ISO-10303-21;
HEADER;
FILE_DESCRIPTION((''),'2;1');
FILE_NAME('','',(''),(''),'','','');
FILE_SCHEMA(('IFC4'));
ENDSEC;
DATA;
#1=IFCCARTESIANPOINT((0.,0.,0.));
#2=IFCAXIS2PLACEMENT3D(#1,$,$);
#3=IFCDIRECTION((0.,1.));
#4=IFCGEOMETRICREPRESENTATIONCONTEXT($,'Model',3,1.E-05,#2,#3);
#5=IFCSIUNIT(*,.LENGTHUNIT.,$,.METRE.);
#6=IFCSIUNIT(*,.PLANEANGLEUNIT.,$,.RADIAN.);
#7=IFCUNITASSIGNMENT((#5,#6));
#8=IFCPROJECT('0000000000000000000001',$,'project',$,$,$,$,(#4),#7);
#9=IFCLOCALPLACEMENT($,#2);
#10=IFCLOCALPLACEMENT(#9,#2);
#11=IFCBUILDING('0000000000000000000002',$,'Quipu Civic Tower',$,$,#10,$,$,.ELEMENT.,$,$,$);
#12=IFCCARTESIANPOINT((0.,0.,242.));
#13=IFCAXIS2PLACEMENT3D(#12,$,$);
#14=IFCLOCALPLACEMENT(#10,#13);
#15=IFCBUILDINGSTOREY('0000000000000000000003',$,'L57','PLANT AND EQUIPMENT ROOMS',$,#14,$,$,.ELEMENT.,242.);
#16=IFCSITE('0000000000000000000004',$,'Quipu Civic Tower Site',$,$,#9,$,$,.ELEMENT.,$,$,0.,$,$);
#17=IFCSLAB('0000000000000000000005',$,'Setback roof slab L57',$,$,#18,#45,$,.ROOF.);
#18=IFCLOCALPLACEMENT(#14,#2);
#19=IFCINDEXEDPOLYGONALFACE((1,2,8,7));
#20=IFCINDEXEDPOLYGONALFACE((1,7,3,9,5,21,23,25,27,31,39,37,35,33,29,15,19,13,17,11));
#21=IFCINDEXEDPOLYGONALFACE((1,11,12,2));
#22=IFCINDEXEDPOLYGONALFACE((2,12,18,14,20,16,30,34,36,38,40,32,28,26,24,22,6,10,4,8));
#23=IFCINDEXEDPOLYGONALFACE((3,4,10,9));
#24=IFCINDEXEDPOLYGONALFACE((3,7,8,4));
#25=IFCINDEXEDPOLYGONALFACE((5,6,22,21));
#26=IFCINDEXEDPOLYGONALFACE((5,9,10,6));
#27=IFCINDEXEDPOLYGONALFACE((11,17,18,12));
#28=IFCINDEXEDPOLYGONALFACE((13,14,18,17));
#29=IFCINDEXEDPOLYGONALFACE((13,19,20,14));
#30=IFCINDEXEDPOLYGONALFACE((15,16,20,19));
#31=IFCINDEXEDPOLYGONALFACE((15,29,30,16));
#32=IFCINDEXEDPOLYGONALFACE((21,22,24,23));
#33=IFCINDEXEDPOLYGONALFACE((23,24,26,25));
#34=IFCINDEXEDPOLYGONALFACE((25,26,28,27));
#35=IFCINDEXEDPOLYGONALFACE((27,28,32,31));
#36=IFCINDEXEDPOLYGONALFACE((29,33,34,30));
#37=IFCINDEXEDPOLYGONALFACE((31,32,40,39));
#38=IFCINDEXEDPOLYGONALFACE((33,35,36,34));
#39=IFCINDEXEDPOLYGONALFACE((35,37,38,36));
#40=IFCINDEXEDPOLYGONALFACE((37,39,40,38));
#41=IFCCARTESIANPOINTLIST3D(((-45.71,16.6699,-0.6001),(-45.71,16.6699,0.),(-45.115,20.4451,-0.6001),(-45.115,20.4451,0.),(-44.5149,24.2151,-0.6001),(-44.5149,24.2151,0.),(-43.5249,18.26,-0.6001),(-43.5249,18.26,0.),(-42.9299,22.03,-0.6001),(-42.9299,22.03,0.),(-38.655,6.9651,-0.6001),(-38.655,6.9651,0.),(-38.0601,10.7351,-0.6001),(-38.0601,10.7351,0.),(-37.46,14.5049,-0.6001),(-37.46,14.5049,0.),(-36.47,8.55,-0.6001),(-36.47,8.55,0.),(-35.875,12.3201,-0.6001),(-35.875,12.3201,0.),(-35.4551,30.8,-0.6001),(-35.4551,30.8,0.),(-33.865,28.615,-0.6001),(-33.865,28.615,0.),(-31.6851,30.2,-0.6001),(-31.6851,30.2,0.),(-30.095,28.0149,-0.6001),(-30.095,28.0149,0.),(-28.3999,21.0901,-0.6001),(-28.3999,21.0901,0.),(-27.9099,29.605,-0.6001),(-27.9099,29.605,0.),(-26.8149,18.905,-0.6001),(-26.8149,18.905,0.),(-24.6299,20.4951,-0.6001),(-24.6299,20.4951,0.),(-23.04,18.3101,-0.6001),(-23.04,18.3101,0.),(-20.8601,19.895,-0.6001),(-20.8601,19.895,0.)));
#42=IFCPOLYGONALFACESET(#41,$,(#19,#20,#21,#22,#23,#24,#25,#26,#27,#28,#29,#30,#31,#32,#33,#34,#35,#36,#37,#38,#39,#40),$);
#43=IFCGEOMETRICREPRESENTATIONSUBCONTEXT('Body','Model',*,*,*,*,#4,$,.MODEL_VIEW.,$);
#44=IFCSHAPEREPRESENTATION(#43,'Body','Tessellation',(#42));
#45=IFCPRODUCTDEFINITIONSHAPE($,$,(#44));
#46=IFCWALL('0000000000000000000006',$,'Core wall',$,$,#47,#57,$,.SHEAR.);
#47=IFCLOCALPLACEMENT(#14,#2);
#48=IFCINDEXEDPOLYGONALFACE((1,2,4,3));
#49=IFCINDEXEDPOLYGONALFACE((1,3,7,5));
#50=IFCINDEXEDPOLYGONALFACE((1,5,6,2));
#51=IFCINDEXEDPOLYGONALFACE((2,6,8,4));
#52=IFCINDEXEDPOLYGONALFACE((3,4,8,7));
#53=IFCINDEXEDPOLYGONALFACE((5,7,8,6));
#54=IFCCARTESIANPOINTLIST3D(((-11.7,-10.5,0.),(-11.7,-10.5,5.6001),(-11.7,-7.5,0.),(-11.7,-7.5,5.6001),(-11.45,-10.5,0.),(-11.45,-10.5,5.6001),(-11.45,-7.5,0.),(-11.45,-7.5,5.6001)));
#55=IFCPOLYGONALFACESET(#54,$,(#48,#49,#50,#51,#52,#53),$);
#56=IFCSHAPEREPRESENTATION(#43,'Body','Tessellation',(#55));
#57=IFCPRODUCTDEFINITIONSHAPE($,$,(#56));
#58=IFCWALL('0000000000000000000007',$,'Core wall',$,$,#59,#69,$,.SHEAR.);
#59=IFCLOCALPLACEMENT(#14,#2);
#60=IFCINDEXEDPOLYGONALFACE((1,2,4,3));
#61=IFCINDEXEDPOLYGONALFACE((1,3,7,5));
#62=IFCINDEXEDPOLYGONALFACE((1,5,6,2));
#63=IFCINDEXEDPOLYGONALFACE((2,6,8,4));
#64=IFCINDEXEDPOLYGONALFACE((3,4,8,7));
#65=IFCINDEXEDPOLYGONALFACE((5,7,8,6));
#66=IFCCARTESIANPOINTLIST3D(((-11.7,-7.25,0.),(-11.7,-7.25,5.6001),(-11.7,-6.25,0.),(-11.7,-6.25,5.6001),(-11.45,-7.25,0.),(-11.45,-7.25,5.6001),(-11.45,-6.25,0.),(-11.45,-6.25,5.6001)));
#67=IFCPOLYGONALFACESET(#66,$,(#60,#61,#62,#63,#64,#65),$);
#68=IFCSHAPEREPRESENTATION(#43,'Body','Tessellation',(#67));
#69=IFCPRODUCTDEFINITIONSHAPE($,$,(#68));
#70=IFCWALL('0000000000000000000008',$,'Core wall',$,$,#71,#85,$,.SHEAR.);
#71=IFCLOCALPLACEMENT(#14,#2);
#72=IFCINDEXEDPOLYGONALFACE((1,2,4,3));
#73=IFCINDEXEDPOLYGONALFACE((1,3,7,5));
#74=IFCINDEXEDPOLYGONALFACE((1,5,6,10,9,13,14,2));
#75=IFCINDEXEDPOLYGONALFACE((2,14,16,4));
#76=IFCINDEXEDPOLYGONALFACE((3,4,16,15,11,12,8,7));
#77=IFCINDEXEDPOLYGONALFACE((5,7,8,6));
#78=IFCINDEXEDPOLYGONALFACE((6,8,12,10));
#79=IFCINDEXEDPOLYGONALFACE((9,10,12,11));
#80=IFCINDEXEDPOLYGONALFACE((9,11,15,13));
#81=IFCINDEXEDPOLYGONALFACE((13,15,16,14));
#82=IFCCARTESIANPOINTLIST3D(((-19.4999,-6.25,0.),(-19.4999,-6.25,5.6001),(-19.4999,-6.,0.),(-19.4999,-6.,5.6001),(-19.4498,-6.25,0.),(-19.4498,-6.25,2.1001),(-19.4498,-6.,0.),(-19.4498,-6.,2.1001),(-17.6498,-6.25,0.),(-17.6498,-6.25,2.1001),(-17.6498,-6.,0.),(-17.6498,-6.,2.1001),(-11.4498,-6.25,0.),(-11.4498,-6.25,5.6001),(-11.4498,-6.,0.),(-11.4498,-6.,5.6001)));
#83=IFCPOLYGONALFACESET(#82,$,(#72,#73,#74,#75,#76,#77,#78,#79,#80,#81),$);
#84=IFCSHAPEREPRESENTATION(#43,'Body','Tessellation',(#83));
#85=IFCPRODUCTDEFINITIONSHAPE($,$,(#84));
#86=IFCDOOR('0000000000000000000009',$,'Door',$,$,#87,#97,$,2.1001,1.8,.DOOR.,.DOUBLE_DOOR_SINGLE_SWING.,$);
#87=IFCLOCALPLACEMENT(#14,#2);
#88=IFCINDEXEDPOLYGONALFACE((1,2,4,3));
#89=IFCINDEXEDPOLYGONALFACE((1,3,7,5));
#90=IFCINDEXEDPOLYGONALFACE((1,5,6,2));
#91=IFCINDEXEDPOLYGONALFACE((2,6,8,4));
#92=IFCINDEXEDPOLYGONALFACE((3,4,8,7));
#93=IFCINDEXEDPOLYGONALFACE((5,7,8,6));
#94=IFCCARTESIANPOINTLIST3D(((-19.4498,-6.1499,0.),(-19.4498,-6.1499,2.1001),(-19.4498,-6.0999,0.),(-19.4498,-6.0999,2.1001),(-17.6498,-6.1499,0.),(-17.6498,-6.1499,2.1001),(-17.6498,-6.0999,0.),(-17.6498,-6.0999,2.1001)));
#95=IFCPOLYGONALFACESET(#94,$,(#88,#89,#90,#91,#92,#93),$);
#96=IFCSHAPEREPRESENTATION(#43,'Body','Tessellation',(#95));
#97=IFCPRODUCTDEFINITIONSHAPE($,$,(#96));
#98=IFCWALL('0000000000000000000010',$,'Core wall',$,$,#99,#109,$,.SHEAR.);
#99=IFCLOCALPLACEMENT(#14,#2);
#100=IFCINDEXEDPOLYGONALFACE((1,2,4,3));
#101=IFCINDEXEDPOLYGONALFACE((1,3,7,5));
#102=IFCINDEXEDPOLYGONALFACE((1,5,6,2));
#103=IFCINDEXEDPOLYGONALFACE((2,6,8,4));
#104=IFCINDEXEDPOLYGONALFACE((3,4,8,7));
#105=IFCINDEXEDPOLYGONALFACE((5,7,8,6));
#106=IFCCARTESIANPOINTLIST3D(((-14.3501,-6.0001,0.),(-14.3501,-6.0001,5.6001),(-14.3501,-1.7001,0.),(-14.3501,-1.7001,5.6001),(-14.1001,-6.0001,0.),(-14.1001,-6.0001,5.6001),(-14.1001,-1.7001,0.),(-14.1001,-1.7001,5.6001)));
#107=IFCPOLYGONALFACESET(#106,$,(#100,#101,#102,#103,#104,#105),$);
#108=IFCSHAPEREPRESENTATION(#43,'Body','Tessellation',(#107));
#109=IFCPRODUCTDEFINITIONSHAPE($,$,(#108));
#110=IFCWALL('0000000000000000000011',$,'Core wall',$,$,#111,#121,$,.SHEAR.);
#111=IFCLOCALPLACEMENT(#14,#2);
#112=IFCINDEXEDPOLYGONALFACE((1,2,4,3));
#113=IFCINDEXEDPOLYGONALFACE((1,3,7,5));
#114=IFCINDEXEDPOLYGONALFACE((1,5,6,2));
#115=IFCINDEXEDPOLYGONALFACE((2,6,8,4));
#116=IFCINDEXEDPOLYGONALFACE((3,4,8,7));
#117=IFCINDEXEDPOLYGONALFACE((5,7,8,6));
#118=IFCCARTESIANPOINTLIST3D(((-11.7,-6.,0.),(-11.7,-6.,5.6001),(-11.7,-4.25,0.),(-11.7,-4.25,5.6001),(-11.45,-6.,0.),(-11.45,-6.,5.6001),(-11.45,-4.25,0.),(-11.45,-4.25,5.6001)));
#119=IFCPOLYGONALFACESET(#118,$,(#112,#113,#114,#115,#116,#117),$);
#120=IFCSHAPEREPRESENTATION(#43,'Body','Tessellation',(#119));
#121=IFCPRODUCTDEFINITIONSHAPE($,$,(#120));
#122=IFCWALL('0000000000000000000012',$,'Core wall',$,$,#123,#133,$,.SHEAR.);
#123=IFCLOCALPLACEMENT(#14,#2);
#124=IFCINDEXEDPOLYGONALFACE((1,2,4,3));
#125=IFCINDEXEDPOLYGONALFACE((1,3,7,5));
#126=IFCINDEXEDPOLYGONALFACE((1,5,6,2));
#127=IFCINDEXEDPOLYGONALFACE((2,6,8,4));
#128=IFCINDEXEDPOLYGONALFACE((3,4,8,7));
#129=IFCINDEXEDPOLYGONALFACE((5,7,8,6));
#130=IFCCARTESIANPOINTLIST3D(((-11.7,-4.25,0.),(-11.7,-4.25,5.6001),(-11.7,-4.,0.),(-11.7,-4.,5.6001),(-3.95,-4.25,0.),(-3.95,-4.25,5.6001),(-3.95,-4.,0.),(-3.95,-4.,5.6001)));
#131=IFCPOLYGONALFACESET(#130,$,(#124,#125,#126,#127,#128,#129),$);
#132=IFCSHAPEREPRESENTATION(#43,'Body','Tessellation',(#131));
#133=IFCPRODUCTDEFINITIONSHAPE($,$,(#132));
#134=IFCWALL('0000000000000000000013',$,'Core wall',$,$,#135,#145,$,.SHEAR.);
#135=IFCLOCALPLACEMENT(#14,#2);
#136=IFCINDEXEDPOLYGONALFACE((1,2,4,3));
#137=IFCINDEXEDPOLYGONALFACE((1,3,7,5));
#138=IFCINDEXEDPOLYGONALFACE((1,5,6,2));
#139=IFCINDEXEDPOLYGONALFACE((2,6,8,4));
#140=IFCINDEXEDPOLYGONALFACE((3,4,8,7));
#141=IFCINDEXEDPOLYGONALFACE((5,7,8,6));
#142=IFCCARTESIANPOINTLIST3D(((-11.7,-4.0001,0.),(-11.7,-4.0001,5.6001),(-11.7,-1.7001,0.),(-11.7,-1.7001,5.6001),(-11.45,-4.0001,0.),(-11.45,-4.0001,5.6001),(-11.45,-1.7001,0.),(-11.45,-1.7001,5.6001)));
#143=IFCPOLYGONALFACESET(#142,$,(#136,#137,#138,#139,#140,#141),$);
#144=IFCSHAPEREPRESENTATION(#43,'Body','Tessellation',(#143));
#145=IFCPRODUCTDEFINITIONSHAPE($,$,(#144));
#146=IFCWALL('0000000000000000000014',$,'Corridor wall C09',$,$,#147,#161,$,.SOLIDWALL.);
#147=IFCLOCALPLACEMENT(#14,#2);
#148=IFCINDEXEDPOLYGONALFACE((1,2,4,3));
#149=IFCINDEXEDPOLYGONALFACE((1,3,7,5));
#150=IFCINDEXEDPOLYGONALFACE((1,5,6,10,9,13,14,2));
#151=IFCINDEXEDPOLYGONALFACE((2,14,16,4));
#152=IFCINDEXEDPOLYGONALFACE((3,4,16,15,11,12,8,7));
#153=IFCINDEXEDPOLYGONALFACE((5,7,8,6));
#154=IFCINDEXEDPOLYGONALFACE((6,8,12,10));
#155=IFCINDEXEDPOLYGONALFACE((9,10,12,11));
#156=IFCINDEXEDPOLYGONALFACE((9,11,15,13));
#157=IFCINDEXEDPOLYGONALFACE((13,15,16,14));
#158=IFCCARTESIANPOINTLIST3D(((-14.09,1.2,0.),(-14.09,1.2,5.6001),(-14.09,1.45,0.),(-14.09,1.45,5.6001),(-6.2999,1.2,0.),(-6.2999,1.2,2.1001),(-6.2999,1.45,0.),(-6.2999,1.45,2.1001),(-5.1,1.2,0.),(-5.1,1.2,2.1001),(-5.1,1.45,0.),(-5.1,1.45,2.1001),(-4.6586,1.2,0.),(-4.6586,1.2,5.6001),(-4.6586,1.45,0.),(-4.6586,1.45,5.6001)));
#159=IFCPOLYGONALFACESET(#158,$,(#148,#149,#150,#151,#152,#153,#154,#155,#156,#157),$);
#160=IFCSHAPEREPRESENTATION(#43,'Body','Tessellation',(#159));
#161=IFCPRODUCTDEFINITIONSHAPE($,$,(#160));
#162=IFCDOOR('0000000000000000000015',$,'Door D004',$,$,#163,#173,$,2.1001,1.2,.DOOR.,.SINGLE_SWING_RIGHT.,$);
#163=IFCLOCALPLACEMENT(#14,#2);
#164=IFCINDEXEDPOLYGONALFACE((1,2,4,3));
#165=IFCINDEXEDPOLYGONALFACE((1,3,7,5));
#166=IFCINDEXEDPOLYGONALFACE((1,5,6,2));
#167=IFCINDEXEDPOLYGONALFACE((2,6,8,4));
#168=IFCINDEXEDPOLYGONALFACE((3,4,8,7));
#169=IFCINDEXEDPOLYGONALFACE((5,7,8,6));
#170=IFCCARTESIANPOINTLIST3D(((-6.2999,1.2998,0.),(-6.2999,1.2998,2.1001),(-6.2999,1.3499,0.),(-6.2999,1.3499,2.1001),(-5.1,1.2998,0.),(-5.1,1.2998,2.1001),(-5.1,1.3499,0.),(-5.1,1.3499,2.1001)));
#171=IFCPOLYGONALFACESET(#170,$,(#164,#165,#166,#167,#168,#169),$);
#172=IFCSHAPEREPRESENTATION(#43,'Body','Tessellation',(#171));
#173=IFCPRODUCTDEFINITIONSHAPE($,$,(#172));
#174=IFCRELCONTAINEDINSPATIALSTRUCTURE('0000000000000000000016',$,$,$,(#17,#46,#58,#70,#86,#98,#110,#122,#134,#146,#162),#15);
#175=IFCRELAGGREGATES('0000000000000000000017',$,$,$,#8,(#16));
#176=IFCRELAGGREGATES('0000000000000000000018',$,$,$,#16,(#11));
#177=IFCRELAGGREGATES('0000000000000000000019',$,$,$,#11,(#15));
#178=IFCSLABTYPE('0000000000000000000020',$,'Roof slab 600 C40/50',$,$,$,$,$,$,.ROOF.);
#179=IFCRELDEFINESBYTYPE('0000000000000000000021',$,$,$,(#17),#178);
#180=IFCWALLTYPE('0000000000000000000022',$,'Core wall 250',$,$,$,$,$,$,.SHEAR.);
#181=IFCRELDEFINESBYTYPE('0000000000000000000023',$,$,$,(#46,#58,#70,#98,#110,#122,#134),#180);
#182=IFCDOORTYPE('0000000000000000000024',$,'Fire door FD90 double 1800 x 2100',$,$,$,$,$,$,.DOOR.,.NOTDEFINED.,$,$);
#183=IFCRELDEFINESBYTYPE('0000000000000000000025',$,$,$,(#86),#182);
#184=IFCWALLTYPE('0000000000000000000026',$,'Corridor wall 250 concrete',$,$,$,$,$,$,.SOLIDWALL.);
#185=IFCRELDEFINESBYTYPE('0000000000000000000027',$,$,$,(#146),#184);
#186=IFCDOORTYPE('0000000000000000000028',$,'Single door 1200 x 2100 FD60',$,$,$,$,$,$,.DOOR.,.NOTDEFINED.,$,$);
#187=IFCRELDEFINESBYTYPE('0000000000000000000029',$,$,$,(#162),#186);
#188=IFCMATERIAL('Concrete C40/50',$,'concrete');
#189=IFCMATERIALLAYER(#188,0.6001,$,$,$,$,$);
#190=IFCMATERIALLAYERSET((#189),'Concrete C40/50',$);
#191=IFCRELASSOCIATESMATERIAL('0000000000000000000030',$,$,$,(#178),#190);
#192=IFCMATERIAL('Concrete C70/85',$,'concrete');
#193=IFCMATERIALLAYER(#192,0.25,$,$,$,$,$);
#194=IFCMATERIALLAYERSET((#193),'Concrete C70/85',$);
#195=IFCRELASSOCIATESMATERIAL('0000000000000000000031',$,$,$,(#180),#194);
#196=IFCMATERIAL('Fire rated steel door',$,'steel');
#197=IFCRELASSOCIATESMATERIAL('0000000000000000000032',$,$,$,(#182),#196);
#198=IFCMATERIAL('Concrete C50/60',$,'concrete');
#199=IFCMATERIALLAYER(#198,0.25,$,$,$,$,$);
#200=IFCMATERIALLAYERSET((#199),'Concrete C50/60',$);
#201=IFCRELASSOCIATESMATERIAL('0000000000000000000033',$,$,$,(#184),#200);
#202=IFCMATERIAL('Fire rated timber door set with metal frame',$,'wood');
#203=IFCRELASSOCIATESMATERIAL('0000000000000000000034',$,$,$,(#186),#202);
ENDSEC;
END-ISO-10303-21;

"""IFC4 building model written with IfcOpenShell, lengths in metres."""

from ifc_helpers import new_model, si_unit, direction, frame, frame_2d, origin, place, context, subcontext, project, spatial, polyline, rectangle, outline, extrude, material, layer, layer_set, type_object, element, fill, save


model = new_model("IFC4")

# Units and contexts
model_context = context("Model", 3, precision=1e-05, world=origin(), true_north=direction((0.0, 1.0)))
body_context = subcontext(model_context, "Body", "Model", "MODEL_VIEW")
ifc_project = project(units=[si_unit("LENGTHUNIT", "METRE"), si_unit("PLANEANGLEUNIT", "RADIAN")], contexts=[model_context])

# Site, building, storey
site_placement = place(None, origin())
site = spatial("IfcSite", under=ifc_project, at=site_placement, Name="Quipu Civic Tower Site", CompositionType="ELEMENT", RefElevation=0.0)
building_placement = place(site_placement, origin())
building = spatial("IfcBuilding", under=site, at=building_placement, Name="Quipu Civic Tower", CompositionType="ELEMENT")
storey_placement = place(building_placement, frame((0.0, 0.0, 242.0)))
storey = spatial("IfcBuildingStorey", under=building, at=storey_placement, Name="L57", Description="PLANT AND EQUIPMENT ROOMS", CompositionType="ELEMENT", Elevation=242.0)

# Slab
ifc_material_1 = material(Name="Concrete C40/50", Category="concrete")
ifc_layer_1 = layer(ifc_material_1, 0.6001)
ifc_layer_set_1 = layer_set([ifc_layer_1], Name="Concrete C40/50")
slab_type_1 = type_object("IfcSlabType", Name="Roof slab 600 C40/50", PredefinedType="ROOF", material=ifc_layer_set_1)
slab_1_placement = place(storey_placement, frame((0.0, 0.0, -0.6001)))
element("IfcSlab", 1, at=slab_1_placement, inside=storey, type_object=slab_type_1, Name="Setback roof slab L57", PredefinedType="ROOF", context=body_context, shape_type="SweptSolid", body=[
    extrude(outline(polyline([(-45.71, 16.6699), (-43.5249, 18.26), (-45.115, 20.4451), (-42.9299, 22.03), (-44.5149, 24.2151), (-35.4551, 30.8), (-33.865, 28.615), (-31.6851, 30.2), (-30.095, 28.0149), (-27.9099, 29.605), (-20.8601, 19.895), (-23.04, 18.3101), (-24.6299, 20.4951), (-26.8149, 18.905), (-28.3999, 21.0901), (-37.46, 14.5049), (-35.875, 12.3201), (-38.0601, 10.7351), (-36.47, 8.55), (-38.655, 6.9651), (-45.71, 16.6699)])), origin(), (0.0, 0.0, 1.0), 0.6001),
])

# Walls
ifc_material_2 = material(Name="Concrete C70/85", Category="concrete")
ifc_layer_2 = layer(ifc_material_2, 0.25)
ifc_layer_set_2 = layer_set([ifc_layer_2], Name="Concrete C70/85")
wall_type_1 = type_object("IfcWallType", Name="Core wall 250", PredefinedType="SHEAR", material=ifc_layer_set_2)
wall_1_placement = place(storey_placement, frame((-11.575, -10.5, 0.0), z_axis=(0.0, 0.0, 1.0), x_axis=(0.0, 1.0, 0.0)))
element("IfcWall", 2, at=wall_1_placement, inside=storey, type_object=wall_type_1, Name="Core wall", PredefinedType="SHEAR", context=body_context, shape_type="SweptSolid", body=[
    extrude(rectangle(XDim=3.0, YDim=0.25, at=frame_2d((1.5, 0.0))), origin(), (0.0, 0.0, 1.0), 5.6001),
])
wall_2_placement = place(storey_placement, frame((-11.575, -7.25, 0.0), z_axis=(0.0, 0.0, 1.0), x_axis=(0.0, 1.0, 0.0)))
element("IfcWall", 3, at=wall_2_placement, inside=storey, type_object=wall_type_1, Name="Core wall", PredefinedType="SHEAR", context=body_context, shape_type="SweptSolid", body=[
    extrude(rectangle(XDim=1.0, YDim=0.25, at=frame_2d((0.5, 0.0))), origin(), (0.0, 0.0, 1.0), 5.6001),
])

# Wall, opening, door
wall_3_placement = place(storey_placement, frame((-11.45, -6.125, 0.0), z_axis=(0.0, 0.0, 1.0), x_axis=(-1.0, 0.0, 0.0)))
wall_3 = element("IfcWall", 4, at=wall_3_placement, inside=storey, type_object=wall_type_1, Name="Core wall", PredefinedType="SHEAR", context=body_context, shape_type="SweptSolid", body=[
    extrude(rectangle(XDim=8.05, YDim=0.25, at=frame_2d((4.0249, 0.0))), origin(), (0.0, 0.0, 1.0), 5.6001),
])
opening_1_placement = place(wall_3_placement, frame((6.2, 0.0, 0.0)))
opening_1 = element("IfcOpeningElement", 5, at=opening_1_placement, cuts=wall_3, PredefinedType="OPENING", context=body_context, shape_type="SweptSolid", body=[
    extrude(rectangle(XDim=1.8, YDim=2.1001, at=frame_2d((0.8999, 1.05))), frame((0.0, 0.135, 0.0), z_axis=(0.0, -1.0, 0.0), x_axis=(1.0, 0.0, 0.0)), (0.0, 0.0, 1.0), 0.27),
])
ifc_material_3 = material(Name="Fire rated steel door", Category="steel")
door_type_1 = type_object("IfcDoorType", Name="Fire door FD90 double 1800 x 2100", OperationType="NOTDEFINED", PredefinedType="DOOR", material=ifc_material_3)
door_1_placement = place(opening_1_placement, origin())
door_1 = element("IfcDoor", 6, at=door_1_placement, inside=storey, type_object=door_type_1, Name="Door", OperationType="DOUBLE_DOOR_SINGLE_SWING", OverallHeight=2.1001, OverallWidth=1.8, PredefinedType="DOOR", context=body_context, shape_type="SweptSolid", body=[
    extrude(rectangle(XDim=1.8, YDim=2.1001, at=frame_2d((0.8999, 1.05))), frame((0.0, 0.0249, 0.0), z_axis=(0.0, -1.0, 0.0), x_axis=(1.0, 0.0, 0.0)), (0.0, 0.0, 1.0), 0.05),
])
fill(opening_1, door_1)

# Walls
wall_4_placement = place(storey_placement, frame((-14.2251, -6.0, 0.0), z_axis=(0.0, 0.0, 1.0), x_axis=(0.0, 1.0, 0.0)))
element("IfcWall", 7, at=wall_4_placement, inside=storey, type_object=wall_type_1, Name="Core wall", PredefinedType="SHEAR", context=body_context, shape_type="SweptSolid", body=[
    extrude(rectangle(XDim=4.3, YDim=0.25, at=frame_2d((2.1499, 0.0))), origin(), (0.0, 0.0, 1.0), 5.6001),
])
wall_5_placement = place(storey_placement, frame((-11.575, -6.0, 0.0), z_axis=(0.0, 0.0, 1.0), x_axis=(0.0, 1.0, 0.0)))
element("IfcWall", 8, at=wall_5_placement, inside=storey, type_object=wall_type_1, Name="Core wall", PredefinedType="SHEAR", context=body_context, shape_type="SweptSolid", body=[
    extrude(rectangle(XDim=1.75, YDim=0.25, at=frame_2d((0.875, 0.0))), origin(), (0.0, 0.0, 1.0), 5.6001),
])
wall_6_placement = place(storey_placement, frame((-11.7, -4.125, 0.0), z_axis=(0.0, 0.0, 1.0), x_axis=(1.0, 0.0, 0.0)))
element("IfcWall", 9, at=wall_6_placement, inside=storey, type_object=wall_type_1, Name="Core wall", PredefinedType="SHEAR", context=body_context, shape_type="SweptSolid", body=[
    extrude(rectangle(XDim=7.75, YDim=0.25, at=frame_2d((3.875, 0.0))), origin(), (0.0, 0.0, 1.0), 5.6001),
])
wall_7_placement = place(storey_placement, frame((-11.575, -4.0, 0.0), z_axis=(0.0, 0.0, 1.0), x_axis=(0.0, 1.0, 0.0)))
element("IfcWall", 10, at=wall_7_placement, inside=storey, type_object=wall_type_1, Name="Core wall", PredefinedType="SHEAR", context=body_context, shape_type="SweptSolid", body=[
    extrude(rectangle(XDim=2.3, YDim=0.25, at=frame_2d((1.1499, 0.0))), origin(), (0.0, 0.0, 1.0), 5.6001),
])

# Wall, opening, door
ifc_material_4 = material(Name="Concrete C50/60", Category="concrete")
ifc_layer_3 = layer(ifc_material_4, 0.25)
ifc_layer_set_3 = layer_set([ifc_layer_3], Name="Concrete C50/60")
wall_type_2 = type_object("IfcWallType", Name="Corridor wall 250 concrete", PredefinedType="SOLIDWALL", material=ifc_layer_set_3)
wall_8_placement = place(storey_placement, frame((-14.0901, 1.325, 0.0), z_axis=(0.0, 0.0, 1.0), x_axis=(1.0, 0.0, 0.0)))
wall_8 = element("IfcWall", 11, at=wall_8_placement, inside=storey, type_object=wall_type_2, Name="Corridor wall C09", PredefinedType="SOLIDWALL", context=body_context, shape_type="SweptSolid", body=[
    extrude(rectangle(XDim=9.4314, YDim=0.25, at=frame_2d((4.7158, 0.0))), origin(), (0.0, 0.0, 1.0), 5.6001),
])
opening_2_placement = place(wall_8_placement, frame((7.79, 0.0, 0.0)))
opening_2 = element("IfcOpeningElement", 12, at=opening_2_placement, cuts=wall_8, PredefinedType="OPENING", context=body_context, shape_type="SweptSolid", body=[
    extrude(rectangle(XDim=1.2, YDim=2.1001, at=frame_2d((0.6001, 1.05))), frame((0.0, 0.135, 0.0), z_axis=(0.0, -1.0, 0.0), x_axis=(1.0, 0.0, 0.0)), (0.0, 0.0, 1.0), 0.27),
])
ifc_material_5 = material(Name="Fire rated timber door set with metal frame", Category="wood")
door_type_2 = type_object("IfcDoorType", Name="Single door 1200 x 2100 FD60", OperationType="NOTDEFINED", PredefinedType="DOOR", material=ifc_material_5)
door_2_placement = place(opening_2_placement, origin())
door_2 = element("IfcDoor", 13, at=door_2_placement, inside=storey, type_object=door_type_2, Name="Door D004", OperationType="SINGLE_SWING_RIGHT", OverallHeight=2.1001, OverallWidth=1.2, PredefinedType="DOOR", context=body_context, shape_type="SweptSolid", body=[
    extrude(rectangle(XDim=1.2, YDim=2.1001, at=frame_2d((0.6001, 1.05))), frame((0.0, 0.0249, 0.0), z_axis=(0.0, -1.0, 0.0), x_axis=(1.0, 0.0, 0.0)), (0.0, 0.0, 1.0), 0.05),
])
fill(opening_2, door_2)

save(model, "model.ifc")
